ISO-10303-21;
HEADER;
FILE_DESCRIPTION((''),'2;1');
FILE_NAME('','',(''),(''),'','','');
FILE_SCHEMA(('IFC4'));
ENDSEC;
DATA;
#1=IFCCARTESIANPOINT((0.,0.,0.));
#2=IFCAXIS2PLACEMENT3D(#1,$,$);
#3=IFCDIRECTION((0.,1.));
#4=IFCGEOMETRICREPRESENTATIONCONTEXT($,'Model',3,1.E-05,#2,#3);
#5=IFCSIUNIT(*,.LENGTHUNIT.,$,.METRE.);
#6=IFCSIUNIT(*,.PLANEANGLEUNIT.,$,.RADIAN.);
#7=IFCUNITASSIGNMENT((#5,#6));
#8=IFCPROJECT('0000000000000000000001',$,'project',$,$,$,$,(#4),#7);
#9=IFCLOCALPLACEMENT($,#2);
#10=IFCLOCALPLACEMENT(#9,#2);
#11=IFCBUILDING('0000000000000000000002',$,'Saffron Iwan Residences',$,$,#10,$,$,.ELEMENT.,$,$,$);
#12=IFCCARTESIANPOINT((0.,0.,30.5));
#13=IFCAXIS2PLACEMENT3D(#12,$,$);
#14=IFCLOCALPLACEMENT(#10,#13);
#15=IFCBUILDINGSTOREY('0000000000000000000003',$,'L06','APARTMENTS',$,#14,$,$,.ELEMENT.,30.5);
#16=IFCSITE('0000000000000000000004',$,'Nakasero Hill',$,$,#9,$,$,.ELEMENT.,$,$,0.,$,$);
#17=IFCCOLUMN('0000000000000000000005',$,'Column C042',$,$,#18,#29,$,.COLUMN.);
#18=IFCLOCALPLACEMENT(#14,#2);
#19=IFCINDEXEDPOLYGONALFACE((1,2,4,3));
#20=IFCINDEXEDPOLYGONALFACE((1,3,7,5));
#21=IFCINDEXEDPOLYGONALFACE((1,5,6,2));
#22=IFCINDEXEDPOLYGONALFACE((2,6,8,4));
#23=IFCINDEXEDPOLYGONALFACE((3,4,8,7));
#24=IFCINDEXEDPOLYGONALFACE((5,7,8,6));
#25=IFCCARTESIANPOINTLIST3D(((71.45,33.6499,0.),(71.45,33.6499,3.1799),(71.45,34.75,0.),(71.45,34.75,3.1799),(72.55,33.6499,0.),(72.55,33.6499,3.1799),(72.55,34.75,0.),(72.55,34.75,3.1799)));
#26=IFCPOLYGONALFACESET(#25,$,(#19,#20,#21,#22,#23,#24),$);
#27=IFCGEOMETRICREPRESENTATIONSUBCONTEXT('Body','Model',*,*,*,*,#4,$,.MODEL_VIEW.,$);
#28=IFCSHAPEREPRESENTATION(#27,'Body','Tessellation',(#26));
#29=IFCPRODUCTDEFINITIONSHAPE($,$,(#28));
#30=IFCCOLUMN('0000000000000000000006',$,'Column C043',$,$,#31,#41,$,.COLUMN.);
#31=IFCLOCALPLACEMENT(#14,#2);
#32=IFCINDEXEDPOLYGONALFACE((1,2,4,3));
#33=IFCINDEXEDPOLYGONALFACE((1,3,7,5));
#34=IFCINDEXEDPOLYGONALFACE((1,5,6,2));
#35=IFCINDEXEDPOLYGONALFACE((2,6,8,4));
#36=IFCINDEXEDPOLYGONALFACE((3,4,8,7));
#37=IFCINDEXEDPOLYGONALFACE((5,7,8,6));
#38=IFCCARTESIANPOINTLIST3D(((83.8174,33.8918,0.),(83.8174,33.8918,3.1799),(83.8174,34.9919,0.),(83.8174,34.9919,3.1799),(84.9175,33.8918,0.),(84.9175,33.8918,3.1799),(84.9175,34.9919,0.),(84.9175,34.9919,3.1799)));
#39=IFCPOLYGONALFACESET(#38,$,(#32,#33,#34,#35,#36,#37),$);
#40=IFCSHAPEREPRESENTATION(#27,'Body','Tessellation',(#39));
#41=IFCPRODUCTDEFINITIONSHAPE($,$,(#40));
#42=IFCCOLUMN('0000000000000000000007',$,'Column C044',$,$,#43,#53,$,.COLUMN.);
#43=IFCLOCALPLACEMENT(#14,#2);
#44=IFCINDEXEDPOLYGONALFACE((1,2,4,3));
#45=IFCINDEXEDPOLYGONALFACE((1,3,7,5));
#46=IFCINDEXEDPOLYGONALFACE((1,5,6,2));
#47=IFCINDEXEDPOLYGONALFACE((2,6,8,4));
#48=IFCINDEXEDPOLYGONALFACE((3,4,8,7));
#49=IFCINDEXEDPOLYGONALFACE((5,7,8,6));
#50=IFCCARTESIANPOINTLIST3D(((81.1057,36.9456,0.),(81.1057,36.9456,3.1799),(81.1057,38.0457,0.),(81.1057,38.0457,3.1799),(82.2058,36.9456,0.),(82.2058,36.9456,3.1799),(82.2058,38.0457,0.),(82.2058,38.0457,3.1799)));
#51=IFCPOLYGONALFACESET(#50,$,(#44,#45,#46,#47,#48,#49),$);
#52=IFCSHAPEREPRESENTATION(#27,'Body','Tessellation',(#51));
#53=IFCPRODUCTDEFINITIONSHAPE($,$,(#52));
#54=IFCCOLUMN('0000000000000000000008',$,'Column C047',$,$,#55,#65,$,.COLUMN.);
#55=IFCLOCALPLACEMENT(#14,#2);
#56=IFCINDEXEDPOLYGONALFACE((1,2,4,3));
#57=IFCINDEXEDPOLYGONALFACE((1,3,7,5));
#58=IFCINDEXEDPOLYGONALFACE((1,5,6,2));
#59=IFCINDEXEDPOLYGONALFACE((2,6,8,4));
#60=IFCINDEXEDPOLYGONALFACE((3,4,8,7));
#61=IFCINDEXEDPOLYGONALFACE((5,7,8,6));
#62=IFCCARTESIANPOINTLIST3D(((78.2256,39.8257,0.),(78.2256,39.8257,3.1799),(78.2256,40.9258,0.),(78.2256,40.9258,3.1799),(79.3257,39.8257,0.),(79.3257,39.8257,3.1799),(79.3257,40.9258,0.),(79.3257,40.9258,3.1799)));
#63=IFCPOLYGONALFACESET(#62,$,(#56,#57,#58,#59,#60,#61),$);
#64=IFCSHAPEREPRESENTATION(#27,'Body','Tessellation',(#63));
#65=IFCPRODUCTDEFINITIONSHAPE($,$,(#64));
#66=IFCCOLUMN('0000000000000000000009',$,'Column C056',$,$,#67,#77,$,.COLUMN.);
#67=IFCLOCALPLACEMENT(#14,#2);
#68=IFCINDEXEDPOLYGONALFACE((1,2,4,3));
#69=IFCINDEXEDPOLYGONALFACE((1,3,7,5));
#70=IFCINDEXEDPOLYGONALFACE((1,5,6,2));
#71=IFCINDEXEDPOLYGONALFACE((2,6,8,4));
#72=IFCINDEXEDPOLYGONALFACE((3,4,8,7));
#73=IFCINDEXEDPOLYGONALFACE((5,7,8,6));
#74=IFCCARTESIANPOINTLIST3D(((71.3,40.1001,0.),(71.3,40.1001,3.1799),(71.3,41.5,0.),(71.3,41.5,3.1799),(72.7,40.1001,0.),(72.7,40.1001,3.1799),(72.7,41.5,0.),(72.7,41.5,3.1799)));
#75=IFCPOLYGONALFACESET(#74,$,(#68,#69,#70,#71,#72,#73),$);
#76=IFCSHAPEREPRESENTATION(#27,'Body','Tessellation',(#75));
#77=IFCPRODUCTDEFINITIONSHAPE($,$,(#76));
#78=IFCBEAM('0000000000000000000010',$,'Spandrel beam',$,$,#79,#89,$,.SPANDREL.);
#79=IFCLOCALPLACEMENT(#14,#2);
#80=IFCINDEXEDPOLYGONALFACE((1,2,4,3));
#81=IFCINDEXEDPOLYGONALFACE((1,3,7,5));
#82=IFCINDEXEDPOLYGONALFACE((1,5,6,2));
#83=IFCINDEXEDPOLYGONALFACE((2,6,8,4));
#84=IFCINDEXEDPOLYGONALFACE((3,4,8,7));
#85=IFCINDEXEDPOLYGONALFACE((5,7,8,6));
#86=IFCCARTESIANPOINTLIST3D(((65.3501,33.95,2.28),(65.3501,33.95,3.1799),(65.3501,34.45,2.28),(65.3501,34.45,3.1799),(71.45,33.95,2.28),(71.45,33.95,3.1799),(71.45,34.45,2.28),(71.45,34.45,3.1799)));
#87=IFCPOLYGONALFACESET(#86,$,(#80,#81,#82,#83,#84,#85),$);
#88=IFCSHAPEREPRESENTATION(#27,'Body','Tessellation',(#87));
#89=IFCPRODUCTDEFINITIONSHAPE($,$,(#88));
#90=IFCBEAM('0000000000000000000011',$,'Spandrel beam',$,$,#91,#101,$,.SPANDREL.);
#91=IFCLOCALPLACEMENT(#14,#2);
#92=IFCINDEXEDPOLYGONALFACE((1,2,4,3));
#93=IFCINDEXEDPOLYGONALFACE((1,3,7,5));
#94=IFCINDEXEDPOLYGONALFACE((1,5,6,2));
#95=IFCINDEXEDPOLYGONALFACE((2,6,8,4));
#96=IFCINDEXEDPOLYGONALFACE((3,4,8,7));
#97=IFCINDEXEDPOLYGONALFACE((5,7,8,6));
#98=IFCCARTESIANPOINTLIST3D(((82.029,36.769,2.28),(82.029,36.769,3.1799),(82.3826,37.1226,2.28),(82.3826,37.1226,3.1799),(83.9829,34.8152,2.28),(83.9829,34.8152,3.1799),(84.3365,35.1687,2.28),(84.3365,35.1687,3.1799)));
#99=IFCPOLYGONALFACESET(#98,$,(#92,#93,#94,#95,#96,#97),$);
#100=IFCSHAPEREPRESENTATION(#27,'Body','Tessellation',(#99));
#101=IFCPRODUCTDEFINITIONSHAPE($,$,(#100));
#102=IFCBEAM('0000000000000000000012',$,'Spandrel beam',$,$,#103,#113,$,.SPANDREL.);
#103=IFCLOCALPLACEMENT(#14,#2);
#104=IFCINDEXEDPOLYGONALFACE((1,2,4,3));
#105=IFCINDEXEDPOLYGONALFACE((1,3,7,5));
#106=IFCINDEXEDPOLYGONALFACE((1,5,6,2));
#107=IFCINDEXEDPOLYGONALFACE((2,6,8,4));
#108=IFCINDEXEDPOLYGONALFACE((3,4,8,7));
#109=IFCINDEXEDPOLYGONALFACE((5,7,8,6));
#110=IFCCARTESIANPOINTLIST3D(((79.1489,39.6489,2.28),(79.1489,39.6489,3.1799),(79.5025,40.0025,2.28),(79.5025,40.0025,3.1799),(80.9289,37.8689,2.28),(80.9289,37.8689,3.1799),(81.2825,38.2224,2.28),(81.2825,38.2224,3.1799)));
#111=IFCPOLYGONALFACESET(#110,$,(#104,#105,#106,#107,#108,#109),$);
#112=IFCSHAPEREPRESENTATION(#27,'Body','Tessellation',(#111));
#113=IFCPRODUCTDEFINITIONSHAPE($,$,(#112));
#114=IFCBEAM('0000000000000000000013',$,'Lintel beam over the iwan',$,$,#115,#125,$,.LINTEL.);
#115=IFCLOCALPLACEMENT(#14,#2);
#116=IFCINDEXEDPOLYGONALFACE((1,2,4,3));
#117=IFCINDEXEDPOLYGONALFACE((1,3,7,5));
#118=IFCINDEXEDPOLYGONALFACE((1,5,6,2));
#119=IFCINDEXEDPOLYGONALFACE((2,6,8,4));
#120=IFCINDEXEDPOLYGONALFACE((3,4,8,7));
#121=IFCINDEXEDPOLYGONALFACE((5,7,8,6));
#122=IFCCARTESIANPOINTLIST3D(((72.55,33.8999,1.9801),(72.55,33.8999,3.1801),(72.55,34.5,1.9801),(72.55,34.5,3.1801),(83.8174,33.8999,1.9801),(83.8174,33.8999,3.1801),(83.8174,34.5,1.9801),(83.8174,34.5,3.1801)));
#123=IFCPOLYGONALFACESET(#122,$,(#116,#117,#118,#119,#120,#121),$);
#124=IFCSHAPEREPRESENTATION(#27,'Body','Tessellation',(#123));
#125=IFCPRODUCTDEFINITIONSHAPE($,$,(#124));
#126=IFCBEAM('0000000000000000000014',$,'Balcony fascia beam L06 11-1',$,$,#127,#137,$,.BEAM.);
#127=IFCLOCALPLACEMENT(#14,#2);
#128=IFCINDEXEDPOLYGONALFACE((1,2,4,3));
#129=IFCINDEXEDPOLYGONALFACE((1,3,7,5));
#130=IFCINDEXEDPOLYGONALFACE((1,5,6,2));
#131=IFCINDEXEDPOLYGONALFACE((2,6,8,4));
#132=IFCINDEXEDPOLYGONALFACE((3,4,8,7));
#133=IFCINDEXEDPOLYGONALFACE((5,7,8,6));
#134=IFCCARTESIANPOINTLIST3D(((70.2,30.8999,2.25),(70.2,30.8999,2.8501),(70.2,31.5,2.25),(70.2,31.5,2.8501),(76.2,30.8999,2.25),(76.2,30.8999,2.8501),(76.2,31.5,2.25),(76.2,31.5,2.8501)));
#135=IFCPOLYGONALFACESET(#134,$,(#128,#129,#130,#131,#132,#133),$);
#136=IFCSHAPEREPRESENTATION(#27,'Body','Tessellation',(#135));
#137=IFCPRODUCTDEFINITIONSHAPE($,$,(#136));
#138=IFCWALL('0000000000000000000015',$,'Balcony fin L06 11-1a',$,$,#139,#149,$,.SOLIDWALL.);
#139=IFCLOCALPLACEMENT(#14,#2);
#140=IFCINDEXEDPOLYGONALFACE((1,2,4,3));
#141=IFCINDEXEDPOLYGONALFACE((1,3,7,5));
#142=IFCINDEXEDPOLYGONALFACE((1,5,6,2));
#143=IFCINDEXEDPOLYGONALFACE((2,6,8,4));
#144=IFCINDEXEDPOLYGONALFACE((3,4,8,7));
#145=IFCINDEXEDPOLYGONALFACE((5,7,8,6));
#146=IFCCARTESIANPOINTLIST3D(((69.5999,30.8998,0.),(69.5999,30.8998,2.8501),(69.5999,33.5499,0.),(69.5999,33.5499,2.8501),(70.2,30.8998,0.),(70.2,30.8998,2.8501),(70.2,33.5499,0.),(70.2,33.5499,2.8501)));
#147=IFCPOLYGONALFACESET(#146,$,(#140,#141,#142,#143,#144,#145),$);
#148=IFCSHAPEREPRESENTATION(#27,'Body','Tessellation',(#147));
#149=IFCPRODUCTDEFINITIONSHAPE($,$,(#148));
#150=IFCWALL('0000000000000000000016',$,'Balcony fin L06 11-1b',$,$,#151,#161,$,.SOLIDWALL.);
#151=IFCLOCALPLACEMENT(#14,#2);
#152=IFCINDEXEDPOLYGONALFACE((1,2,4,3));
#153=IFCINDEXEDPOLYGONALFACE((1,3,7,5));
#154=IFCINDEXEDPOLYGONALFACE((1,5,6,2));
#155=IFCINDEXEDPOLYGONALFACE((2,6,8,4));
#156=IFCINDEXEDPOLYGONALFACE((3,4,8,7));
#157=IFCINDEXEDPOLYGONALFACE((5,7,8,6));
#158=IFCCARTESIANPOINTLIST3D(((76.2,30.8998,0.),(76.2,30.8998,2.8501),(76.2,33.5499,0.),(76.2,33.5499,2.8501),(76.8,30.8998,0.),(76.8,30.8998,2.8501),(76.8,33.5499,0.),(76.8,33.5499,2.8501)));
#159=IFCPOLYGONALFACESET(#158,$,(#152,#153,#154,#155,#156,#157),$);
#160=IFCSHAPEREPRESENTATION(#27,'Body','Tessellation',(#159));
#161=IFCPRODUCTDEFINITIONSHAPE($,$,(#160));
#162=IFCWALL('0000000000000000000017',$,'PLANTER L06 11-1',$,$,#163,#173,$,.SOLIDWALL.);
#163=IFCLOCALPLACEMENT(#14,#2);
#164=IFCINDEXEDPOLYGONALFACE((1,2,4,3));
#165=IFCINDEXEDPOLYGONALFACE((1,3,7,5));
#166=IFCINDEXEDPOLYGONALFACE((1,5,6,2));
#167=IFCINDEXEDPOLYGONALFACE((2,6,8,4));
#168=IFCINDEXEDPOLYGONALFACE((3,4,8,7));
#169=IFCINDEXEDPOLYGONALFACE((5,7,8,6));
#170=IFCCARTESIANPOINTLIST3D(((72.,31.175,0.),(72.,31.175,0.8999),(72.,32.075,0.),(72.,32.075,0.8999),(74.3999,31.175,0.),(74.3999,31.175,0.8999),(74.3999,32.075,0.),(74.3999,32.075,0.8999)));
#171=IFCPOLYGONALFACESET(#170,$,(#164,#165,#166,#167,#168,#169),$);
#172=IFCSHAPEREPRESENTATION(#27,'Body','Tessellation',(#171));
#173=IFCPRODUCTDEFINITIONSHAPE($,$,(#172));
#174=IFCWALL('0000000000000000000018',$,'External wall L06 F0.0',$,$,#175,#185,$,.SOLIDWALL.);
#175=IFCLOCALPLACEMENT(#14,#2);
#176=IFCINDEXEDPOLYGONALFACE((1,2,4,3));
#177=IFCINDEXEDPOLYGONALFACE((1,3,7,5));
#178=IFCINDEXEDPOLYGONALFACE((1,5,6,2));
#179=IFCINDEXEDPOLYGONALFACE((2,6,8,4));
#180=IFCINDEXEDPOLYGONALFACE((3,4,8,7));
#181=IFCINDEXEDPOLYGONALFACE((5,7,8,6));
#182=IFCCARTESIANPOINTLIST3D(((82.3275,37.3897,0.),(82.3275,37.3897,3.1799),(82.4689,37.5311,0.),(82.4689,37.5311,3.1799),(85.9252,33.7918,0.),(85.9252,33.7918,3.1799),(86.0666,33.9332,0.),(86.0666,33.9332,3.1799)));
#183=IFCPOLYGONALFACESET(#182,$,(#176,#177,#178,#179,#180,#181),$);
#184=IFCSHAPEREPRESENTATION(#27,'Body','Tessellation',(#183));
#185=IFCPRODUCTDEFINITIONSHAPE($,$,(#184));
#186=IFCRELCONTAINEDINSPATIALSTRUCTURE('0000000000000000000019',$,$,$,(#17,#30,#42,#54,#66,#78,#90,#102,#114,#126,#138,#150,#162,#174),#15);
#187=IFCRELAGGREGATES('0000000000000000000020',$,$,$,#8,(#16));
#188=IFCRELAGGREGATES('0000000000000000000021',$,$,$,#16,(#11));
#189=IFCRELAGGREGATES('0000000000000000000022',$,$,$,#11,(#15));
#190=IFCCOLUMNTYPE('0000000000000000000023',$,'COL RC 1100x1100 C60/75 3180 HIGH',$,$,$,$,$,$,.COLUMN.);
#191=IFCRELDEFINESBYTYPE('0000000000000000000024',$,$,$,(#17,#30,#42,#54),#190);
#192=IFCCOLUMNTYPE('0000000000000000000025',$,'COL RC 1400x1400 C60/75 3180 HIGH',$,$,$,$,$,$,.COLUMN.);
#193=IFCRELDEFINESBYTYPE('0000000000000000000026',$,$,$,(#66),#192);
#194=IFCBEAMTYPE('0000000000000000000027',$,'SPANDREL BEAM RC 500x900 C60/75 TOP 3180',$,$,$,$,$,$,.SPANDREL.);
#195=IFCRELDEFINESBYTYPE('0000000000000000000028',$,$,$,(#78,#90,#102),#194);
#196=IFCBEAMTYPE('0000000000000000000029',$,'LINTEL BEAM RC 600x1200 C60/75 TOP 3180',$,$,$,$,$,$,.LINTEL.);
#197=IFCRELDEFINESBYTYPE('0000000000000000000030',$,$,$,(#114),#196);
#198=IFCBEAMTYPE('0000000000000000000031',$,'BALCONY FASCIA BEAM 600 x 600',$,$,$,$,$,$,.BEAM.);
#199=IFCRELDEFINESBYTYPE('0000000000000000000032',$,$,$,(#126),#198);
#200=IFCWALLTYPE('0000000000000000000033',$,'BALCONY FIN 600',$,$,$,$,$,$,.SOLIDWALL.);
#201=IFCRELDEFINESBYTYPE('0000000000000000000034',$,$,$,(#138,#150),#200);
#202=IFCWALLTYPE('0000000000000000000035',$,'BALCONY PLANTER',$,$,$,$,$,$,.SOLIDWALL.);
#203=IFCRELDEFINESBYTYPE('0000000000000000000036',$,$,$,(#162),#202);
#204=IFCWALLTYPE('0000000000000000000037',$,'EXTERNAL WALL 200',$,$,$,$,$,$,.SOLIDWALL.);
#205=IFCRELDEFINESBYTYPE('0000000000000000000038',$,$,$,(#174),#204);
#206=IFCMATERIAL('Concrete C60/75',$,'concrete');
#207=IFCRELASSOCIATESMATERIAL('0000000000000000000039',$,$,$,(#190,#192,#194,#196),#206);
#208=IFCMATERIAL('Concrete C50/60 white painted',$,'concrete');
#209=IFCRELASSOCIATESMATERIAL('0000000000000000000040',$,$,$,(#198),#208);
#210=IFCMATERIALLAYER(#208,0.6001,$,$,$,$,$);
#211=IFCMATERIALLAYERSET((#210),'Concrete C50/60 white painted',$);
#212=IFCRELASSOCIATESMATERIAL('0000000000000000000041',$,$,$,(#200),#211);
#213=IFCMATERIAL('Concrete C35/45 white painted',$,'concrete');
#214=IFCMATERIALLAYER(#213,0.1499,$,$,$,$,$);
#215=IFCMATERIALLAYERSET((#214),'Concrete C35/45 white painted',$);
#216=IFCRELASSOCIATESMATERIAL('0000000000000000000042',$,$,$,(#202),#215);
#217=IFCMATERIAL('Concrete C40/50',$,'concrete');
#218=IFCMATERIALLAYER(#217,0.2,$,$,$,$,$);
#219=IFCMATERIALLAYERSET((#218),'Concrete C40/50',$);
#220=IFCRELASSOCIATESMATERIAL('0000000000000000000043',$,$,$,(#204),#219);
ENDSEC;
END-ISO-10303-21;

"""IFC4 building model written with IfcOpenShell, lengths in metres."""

from ifc_helpers import new_model, si_unit, direction, frame, frame_2d, origin, origin_2d, place, context, subcontext, project, spatial, rectangle, extrude, source, transform, mapped, material, layer, layer_set, material_profile, profile_set, type_object, element, save


model = new_model("IFC4")

# Units and contexts
model_context = context("Model", 3, precision=1e-05, world=origin(), true_north=direction((0.0, 1.0)))
body_context = subcontext(model_context, "Body", "Model", "MODEL_VIEW")
ifc_project = project(units=[si_unit("LENGTHUNIT", "METRE"), si_unit("PLANEANGLEUNIT", "RADIAN")], contexts=[model_context])

# Site, building, storey
site_placement = place(None, origin())
site = spatial("IfcSite", under=ifc_project, at=site_placement, Name="Nakasero Hill", CompositionType="ELEMENT", RefElevation=0.0)
building_placement = place(site_placement, origin())
building = spatial("IfcBuilding", under=site, at=building_placement, Name="Saffron Iwan Residences", CompositionType="ELEMENT")
storey_placement = place(building_placement, frame((0.0, 0.0, 30.5)))
storey = spatial("IfcBuildingStorey", under=building, at=storey_placement, Name="L06", Description="APARTMENTS", CompositionType="ELEMENT", Elevation=30.5)

# Columns
ifc_material_1 = material(Name="Concrete C60/75", Category="concrete")
ifc_material_profile_1 = material_profile(ifc_material_1, rectangle(XDim=1.1001, YDim=1.1001, at=origin_2d()), Name="RC 1100x1100")
ifc_profile_set_1 = profile_set([ifc_material_profile_1], Name="Concrete C60/75")
column_type_1 = type_object("IfcColumnType", Name="COL RC 1100x1100 C60/75 3180 HIGH", PredefinedType="COLUMN", material=ifc_profile_set_1)
shared_shape_1 = source(origin(), body_context, "Body", "SweptSolid", [
    extrude(rectangle(XDim=1.1001, YDim=1.1001, at=origin_2d()), origin(), (0.0, 0.0, 1.0), 3.1799),
])
for number, where, z_axis, x_axis, name in (
    (1, (72.0, 34.2, 0.0), (0.0, 0.0, 1.0), (1.0, 0.0, 0.0), "Column C042"),
    (2, (84.3674, 34.4419, 0.0), (0.0, 0.0, 1.0), (1.0, 0.0, 0.0), "Column C043"),
    (3, (81.6558, 37.4956, 0.0), (0.0, 0.0, 1.0), (1.0, 0.0, 0.0), "Column C044"),
    (4, (78.7756, 40.3757, 0.0), (0.0, 0.0, 1.0), (1.0, 0.0, 0.0), "Column C047"),
):
    element("IfcColumn", number, at=place(storey_placement, frame(where, z_axis=z_axis, x_axis=x_axis)), inside=storey, type_object=column_type_1, Name=name, PredefinedType="COLUMN", context=body_context, shape_type="MappedRepresentation", body=[
        mapped(shared_shape_1, transform((0.0, 0.0, 0.0))),
    ])
ifc_material_profile_2 = material_profile(ifc_material_1, rectangle(XDim=1.3999, YDim=1.3999, at=origin_2d()), Name="RC 1400x1400")
ifc_profile_set_2 = profile_set([ifc_material_profile_2], Name="Concrete C60/75")
column_type_2 = type_object("IfcColumnType", Name="COL RC 1400x1400 C60/75 3180 HIGH", PredefinedType="COLUMN", material=ifc_profile_set_2)
shared_shape_2 = source(origin(), body_context, "Body", "SweptSolid", [
    extrude(rectangle(XDim=1.3999, YDim=1.3999, at=origin_2d()), origin(), (0.0, 0.0, 1.0), 3.1799),
])
column_placement = place(storey_placement, frame((72.0, 40.8, 0.0), z_axis=(0.0, 0.0, 1.0), x_axis=(1.0, 0.0, 0.0)))
element("IfcColumn", 5, at=column_placement, inside=storey, type_object=column_type_2, Name="Column C056", PredefinedType="COLUMN", context=body_context, shape_type="MappedRepresentation", body=[
    mapped(shared_shape_2, transform((0.0, 0.0, 0.0))),
])

# Beams
ifc_material_profile_3 = material_profile(ifc_material_1, rectangle(XDim=0.5, YDim=0.8999, at=origin_2d()), Name="RC 500x900")
ifc_profile_set_3 = profile_set([ifc_material_profile_3], Name="Concrete C60/75")
beam_type_1 = type_object("IfcBeamType", Name="SPANDREL BEAM RC 500x900 C60/75 TOP 3180", PredefinedType="SPANDREL", material=ifc_profile_set_3)
shared_shape_3 = source(origin(), body_context, "Body", "SweptSolid", [
    extrude(rectangle(XDim=0.5, YDim=0.8999, at=origin_2d()), origin(), (0.0, 0.0, 1.0), 6.0999),
])
beam_1_placement = place(storey_placement, frame((71.45, 34.2, 2.73), z_axis=(-1.0, 0.0, 0.0), x_axis=(0.0, -1.0, 0.0)))
element("IfcBeam", 6, at=beam_1_placement, inside=storey, type_object=beam_type_1, Name="Spandrel beam", PredefinedType="SPANDREL", context=body_context, shape_type="MappedRepresentation", body=[
    mapped(shared_shape_3, transform((0.0, 0.0, 0.0))),
])
shared_shape_4 = source(origin(), body_context, "Body", "SweptSolid", [
    extrude(rectangle(XDim=0.5, YDim=0.8999, at=origin_2d()), origin(), (0.0, 0.0, 1.0), 2.7632),
])
beam_2_placement = place(storey_placement, frame((82.2058, 36.9458, 2.73), z_axis=(0.707107, -0.707107, 0.0), x_axis=(0.707107, 0.707107, 0.0)))
element("IfcBeam", 7, at=beam_2_placement, inside=storey, type_object=beam_type_1, Name="Spandrel beam", PredefinedType="SPANDREL", context=body_context, shape_type="MappedRepresentation", body=[
    mapped(shared_shape_4, transform((0.0, 0.0, 0.0))),
])
shared_shape_5 = source(origin(), body_context, "Body", "SweptSolid", [
    extrude(rectangle(XDim=0.5, YDim=0.8999, at=origin_2d()), origin(), (0.0, 0.0, 1.0), 2.5173),
])
beam_3_placement = place(storey_placement, frame((79.3257, 39.8257, 2.73), z_axis=(0.707107, -0.707107, 0.0), x_axis=(0.707107, 0.707107, 0.0)))
element("IfcBeam", 8, at=beam_3_placement, inside=storey, type_object=beam_type_1, Name="Spandrel beam", PredefinedType="SPANDREL", context=body_context, shape_type="MappedRepresentation", body=[
    mapped(shared_shape_5, transform((0.0, 0.0, 0.0))),
])
ifc_material_profile_4 = material_profile(ifc_material_1, rectangle(XDim=0.6001, YDim=1.2, at=origin_2d()), Name="RC 600x1200")
ifc_profile_set_4 = profile_set([ifc_material_profile_4], Name="Concrete C60/75")
beam_type_2 = type_object("IfcBeamType", Name="LINTEL BEAM RC 600x1200 C60/75 TOP 3180", PredefinedType="LINTEL", material=ifc_profile_set_4)
shared_shape_6 = source(origin(), body_context, "Body", "SweptSolid", [
    extrude(rectangle(XDim=0.6001, YDim=1.2, at=origin_2d()), origin(), (0.0, 0.0, 1.0), 11.2673),
])
beam_4_placement = place(storey_placement, frame((83.8174, 34.2, 2.5801), z_axis=(-1.0, 0.0, 0.0), x_axis=(0.0, -1.0, 0.0)))
element("IfcBeam", 9, at=beam_4_placement, inside=storey, type_object=beam_type_2, Name="Lintel beam over the iwan", PredefinedType="LINTEL", context=body_context, shape_type="MappedRepresentation", body=[
    mapped(shared_shape_6, transform((0.0, 0.0, 0.0))),
])
ifc_material_2 = material(Name="Concrete C50/60 white painted", Category="concrete")
ifc_material_profile_5 = material_profile(ifc_material_2, rectangle(XDim=0.6001, YDim=0.6001, at=origin_2d()), Name="BALCONY FASCIA BEAM 600 x 600")
ifc_profile_set_5 = profile_set([ifc_material_profile_5], Name="Concrete C50/60 white painted")
beam_type_3 = type_object("IfcBeamType", Name="BALCONY FASCIA BEAM 600 x 600", PredefinedType="BEAM", material=ifc_profile_set_5)
shared_shape_7 = source(origin(), body_context, "Body", "SweptSolid", [
    extrude(rectangle(XDim=0.6001, YDim=0.6001, at=origin_2d()), origin(), (0.0, 0.0, 1.0), 6.0),
])
beam_5_placement = place(storey_placement, frame((70.2, 31.2, 2.55), z_axis=(1.0, 0.0, 0.0), x_axis=(0.0, 1.0, 0.0)))
element("IfcBeam", 10, at=beam_5_placement, inside=storey, type_object=beam_type_3, Name="Balcony fascia beam L06 11-1", PredefinedType="BEAM", context=body_context, shape_type="MappedRepresentation", body=[
    mapped(shared_shape_7, transform((0.0, 0.0, 0.0))),
])

# Walls
ifc_layer_1 = layer(ifc_material_2, 0.6001)
ifc_layer_set_1 = layer_set([ifc_layer_1], Name="Concrete C50/60 white painted")
wall_type_1 = type_object("IfcWallType", Name="BALCONY FIN 600", PredefinedType="SOLIDWALL", material=ifc_layer_set_1)
for number, where, z_axis, x_axis, name in (
    (11, (69.8999, 33.55, 0.0), (0.0, 0.0, 1.0), (0.0, -1.0, 0.0), "Balcony fin L06 11-1a"),
    (12, (76.5, 33.55, 0.0), (0.0, 0.0, 1.0), (0.0, -1.0, 0.0), "Balcony fin L06 11-1b"),
):
    element("IfcWall", number, at=place(storey_placement, frame(where, z_axis=z_axis, x_axis=x_axis)), inside=storey, type_object=wall_type_1, Name=name, PredefinedType="SOLIDWALL", context=body_context, shape_type="SweptSolid", body=[
        extrude(rectangle(XDim=2.6501, YDim=0.6001, at=frame_2d((1.3252, 0.0))), origin(), (0.0, 0.0, 1.0), 2.8501),
    ])
ifc_material_3 = material(Name="Concrete C35/45 white painted", Category="concrete")
ifc_layer_2 = layer(ifc_material_3, 0.1499)
ifc_layer_set_2 = layer_set([ifc_layer_2], Name="Concrete C35/45 white painted")
wall_type_2 = type_object("IfcWallType", Name="BALCONY PLANTER", PredefinedType="SOLIDWALL", material=ifc_layer_set_2)
wall_1_placement = place(storey_placement, frame((72.0, 31.625, 0.0), z_axis=(0.0, 0.0, 1.0), x_axis=(1.0, 0.0, 0.0)))
element("IfcWall", 13, at=wall_1_placement, inside=storey, type_object=wall_type_2, Name="PLANTER L06 11-1", PredefinedType="SOLIDWALL", context=body_context, shape_type="SweptSolid", body=[
    extrude(rectangle(XDim=2.3999, YDim=0.8999, at=frame_2d((1.2, 0.0))), origin(), (0.0, 0.0, 1.0), 0.8999),
])
ifc_material_4 = material(Name="Concrete C40/50", Category="concrete")
ifc_layer_3 = layer(ifc_material_4, 0.2)
ifc_layer_set_3 = layer_set([ifc_layer_3], Name="Concrete C40/50")
wall_type_3 = type_object("IfcWallType", Name="EXTERNAL WALL 200", PredefinedType="SOLIDWALL", material=ifc_layer_set_3)
wall_2_placement = place(storey_placement, frame((85.9958, 33.8625, 0.0), z_axis=(0.0, 0.0, 1.0), x_axis=(-0.707083, 0.707131, 0.0)))
element("IfcWall", 14, at=wall_2_placement, inside=storey, type_object=wall_type_3, Name="External wall L06 F0.0", PredefinedType="SOLIDWALL", context=body_context, shape_type="SweptSolid", body=[
    extrude(rectangle(XDim=5.0881, YDim=0.2, at=frame_2d((2.5439, 0.0))), origin(), (0.0, 0.0, 1.0), 3.1799),
])

save(model, "model.ifc")
